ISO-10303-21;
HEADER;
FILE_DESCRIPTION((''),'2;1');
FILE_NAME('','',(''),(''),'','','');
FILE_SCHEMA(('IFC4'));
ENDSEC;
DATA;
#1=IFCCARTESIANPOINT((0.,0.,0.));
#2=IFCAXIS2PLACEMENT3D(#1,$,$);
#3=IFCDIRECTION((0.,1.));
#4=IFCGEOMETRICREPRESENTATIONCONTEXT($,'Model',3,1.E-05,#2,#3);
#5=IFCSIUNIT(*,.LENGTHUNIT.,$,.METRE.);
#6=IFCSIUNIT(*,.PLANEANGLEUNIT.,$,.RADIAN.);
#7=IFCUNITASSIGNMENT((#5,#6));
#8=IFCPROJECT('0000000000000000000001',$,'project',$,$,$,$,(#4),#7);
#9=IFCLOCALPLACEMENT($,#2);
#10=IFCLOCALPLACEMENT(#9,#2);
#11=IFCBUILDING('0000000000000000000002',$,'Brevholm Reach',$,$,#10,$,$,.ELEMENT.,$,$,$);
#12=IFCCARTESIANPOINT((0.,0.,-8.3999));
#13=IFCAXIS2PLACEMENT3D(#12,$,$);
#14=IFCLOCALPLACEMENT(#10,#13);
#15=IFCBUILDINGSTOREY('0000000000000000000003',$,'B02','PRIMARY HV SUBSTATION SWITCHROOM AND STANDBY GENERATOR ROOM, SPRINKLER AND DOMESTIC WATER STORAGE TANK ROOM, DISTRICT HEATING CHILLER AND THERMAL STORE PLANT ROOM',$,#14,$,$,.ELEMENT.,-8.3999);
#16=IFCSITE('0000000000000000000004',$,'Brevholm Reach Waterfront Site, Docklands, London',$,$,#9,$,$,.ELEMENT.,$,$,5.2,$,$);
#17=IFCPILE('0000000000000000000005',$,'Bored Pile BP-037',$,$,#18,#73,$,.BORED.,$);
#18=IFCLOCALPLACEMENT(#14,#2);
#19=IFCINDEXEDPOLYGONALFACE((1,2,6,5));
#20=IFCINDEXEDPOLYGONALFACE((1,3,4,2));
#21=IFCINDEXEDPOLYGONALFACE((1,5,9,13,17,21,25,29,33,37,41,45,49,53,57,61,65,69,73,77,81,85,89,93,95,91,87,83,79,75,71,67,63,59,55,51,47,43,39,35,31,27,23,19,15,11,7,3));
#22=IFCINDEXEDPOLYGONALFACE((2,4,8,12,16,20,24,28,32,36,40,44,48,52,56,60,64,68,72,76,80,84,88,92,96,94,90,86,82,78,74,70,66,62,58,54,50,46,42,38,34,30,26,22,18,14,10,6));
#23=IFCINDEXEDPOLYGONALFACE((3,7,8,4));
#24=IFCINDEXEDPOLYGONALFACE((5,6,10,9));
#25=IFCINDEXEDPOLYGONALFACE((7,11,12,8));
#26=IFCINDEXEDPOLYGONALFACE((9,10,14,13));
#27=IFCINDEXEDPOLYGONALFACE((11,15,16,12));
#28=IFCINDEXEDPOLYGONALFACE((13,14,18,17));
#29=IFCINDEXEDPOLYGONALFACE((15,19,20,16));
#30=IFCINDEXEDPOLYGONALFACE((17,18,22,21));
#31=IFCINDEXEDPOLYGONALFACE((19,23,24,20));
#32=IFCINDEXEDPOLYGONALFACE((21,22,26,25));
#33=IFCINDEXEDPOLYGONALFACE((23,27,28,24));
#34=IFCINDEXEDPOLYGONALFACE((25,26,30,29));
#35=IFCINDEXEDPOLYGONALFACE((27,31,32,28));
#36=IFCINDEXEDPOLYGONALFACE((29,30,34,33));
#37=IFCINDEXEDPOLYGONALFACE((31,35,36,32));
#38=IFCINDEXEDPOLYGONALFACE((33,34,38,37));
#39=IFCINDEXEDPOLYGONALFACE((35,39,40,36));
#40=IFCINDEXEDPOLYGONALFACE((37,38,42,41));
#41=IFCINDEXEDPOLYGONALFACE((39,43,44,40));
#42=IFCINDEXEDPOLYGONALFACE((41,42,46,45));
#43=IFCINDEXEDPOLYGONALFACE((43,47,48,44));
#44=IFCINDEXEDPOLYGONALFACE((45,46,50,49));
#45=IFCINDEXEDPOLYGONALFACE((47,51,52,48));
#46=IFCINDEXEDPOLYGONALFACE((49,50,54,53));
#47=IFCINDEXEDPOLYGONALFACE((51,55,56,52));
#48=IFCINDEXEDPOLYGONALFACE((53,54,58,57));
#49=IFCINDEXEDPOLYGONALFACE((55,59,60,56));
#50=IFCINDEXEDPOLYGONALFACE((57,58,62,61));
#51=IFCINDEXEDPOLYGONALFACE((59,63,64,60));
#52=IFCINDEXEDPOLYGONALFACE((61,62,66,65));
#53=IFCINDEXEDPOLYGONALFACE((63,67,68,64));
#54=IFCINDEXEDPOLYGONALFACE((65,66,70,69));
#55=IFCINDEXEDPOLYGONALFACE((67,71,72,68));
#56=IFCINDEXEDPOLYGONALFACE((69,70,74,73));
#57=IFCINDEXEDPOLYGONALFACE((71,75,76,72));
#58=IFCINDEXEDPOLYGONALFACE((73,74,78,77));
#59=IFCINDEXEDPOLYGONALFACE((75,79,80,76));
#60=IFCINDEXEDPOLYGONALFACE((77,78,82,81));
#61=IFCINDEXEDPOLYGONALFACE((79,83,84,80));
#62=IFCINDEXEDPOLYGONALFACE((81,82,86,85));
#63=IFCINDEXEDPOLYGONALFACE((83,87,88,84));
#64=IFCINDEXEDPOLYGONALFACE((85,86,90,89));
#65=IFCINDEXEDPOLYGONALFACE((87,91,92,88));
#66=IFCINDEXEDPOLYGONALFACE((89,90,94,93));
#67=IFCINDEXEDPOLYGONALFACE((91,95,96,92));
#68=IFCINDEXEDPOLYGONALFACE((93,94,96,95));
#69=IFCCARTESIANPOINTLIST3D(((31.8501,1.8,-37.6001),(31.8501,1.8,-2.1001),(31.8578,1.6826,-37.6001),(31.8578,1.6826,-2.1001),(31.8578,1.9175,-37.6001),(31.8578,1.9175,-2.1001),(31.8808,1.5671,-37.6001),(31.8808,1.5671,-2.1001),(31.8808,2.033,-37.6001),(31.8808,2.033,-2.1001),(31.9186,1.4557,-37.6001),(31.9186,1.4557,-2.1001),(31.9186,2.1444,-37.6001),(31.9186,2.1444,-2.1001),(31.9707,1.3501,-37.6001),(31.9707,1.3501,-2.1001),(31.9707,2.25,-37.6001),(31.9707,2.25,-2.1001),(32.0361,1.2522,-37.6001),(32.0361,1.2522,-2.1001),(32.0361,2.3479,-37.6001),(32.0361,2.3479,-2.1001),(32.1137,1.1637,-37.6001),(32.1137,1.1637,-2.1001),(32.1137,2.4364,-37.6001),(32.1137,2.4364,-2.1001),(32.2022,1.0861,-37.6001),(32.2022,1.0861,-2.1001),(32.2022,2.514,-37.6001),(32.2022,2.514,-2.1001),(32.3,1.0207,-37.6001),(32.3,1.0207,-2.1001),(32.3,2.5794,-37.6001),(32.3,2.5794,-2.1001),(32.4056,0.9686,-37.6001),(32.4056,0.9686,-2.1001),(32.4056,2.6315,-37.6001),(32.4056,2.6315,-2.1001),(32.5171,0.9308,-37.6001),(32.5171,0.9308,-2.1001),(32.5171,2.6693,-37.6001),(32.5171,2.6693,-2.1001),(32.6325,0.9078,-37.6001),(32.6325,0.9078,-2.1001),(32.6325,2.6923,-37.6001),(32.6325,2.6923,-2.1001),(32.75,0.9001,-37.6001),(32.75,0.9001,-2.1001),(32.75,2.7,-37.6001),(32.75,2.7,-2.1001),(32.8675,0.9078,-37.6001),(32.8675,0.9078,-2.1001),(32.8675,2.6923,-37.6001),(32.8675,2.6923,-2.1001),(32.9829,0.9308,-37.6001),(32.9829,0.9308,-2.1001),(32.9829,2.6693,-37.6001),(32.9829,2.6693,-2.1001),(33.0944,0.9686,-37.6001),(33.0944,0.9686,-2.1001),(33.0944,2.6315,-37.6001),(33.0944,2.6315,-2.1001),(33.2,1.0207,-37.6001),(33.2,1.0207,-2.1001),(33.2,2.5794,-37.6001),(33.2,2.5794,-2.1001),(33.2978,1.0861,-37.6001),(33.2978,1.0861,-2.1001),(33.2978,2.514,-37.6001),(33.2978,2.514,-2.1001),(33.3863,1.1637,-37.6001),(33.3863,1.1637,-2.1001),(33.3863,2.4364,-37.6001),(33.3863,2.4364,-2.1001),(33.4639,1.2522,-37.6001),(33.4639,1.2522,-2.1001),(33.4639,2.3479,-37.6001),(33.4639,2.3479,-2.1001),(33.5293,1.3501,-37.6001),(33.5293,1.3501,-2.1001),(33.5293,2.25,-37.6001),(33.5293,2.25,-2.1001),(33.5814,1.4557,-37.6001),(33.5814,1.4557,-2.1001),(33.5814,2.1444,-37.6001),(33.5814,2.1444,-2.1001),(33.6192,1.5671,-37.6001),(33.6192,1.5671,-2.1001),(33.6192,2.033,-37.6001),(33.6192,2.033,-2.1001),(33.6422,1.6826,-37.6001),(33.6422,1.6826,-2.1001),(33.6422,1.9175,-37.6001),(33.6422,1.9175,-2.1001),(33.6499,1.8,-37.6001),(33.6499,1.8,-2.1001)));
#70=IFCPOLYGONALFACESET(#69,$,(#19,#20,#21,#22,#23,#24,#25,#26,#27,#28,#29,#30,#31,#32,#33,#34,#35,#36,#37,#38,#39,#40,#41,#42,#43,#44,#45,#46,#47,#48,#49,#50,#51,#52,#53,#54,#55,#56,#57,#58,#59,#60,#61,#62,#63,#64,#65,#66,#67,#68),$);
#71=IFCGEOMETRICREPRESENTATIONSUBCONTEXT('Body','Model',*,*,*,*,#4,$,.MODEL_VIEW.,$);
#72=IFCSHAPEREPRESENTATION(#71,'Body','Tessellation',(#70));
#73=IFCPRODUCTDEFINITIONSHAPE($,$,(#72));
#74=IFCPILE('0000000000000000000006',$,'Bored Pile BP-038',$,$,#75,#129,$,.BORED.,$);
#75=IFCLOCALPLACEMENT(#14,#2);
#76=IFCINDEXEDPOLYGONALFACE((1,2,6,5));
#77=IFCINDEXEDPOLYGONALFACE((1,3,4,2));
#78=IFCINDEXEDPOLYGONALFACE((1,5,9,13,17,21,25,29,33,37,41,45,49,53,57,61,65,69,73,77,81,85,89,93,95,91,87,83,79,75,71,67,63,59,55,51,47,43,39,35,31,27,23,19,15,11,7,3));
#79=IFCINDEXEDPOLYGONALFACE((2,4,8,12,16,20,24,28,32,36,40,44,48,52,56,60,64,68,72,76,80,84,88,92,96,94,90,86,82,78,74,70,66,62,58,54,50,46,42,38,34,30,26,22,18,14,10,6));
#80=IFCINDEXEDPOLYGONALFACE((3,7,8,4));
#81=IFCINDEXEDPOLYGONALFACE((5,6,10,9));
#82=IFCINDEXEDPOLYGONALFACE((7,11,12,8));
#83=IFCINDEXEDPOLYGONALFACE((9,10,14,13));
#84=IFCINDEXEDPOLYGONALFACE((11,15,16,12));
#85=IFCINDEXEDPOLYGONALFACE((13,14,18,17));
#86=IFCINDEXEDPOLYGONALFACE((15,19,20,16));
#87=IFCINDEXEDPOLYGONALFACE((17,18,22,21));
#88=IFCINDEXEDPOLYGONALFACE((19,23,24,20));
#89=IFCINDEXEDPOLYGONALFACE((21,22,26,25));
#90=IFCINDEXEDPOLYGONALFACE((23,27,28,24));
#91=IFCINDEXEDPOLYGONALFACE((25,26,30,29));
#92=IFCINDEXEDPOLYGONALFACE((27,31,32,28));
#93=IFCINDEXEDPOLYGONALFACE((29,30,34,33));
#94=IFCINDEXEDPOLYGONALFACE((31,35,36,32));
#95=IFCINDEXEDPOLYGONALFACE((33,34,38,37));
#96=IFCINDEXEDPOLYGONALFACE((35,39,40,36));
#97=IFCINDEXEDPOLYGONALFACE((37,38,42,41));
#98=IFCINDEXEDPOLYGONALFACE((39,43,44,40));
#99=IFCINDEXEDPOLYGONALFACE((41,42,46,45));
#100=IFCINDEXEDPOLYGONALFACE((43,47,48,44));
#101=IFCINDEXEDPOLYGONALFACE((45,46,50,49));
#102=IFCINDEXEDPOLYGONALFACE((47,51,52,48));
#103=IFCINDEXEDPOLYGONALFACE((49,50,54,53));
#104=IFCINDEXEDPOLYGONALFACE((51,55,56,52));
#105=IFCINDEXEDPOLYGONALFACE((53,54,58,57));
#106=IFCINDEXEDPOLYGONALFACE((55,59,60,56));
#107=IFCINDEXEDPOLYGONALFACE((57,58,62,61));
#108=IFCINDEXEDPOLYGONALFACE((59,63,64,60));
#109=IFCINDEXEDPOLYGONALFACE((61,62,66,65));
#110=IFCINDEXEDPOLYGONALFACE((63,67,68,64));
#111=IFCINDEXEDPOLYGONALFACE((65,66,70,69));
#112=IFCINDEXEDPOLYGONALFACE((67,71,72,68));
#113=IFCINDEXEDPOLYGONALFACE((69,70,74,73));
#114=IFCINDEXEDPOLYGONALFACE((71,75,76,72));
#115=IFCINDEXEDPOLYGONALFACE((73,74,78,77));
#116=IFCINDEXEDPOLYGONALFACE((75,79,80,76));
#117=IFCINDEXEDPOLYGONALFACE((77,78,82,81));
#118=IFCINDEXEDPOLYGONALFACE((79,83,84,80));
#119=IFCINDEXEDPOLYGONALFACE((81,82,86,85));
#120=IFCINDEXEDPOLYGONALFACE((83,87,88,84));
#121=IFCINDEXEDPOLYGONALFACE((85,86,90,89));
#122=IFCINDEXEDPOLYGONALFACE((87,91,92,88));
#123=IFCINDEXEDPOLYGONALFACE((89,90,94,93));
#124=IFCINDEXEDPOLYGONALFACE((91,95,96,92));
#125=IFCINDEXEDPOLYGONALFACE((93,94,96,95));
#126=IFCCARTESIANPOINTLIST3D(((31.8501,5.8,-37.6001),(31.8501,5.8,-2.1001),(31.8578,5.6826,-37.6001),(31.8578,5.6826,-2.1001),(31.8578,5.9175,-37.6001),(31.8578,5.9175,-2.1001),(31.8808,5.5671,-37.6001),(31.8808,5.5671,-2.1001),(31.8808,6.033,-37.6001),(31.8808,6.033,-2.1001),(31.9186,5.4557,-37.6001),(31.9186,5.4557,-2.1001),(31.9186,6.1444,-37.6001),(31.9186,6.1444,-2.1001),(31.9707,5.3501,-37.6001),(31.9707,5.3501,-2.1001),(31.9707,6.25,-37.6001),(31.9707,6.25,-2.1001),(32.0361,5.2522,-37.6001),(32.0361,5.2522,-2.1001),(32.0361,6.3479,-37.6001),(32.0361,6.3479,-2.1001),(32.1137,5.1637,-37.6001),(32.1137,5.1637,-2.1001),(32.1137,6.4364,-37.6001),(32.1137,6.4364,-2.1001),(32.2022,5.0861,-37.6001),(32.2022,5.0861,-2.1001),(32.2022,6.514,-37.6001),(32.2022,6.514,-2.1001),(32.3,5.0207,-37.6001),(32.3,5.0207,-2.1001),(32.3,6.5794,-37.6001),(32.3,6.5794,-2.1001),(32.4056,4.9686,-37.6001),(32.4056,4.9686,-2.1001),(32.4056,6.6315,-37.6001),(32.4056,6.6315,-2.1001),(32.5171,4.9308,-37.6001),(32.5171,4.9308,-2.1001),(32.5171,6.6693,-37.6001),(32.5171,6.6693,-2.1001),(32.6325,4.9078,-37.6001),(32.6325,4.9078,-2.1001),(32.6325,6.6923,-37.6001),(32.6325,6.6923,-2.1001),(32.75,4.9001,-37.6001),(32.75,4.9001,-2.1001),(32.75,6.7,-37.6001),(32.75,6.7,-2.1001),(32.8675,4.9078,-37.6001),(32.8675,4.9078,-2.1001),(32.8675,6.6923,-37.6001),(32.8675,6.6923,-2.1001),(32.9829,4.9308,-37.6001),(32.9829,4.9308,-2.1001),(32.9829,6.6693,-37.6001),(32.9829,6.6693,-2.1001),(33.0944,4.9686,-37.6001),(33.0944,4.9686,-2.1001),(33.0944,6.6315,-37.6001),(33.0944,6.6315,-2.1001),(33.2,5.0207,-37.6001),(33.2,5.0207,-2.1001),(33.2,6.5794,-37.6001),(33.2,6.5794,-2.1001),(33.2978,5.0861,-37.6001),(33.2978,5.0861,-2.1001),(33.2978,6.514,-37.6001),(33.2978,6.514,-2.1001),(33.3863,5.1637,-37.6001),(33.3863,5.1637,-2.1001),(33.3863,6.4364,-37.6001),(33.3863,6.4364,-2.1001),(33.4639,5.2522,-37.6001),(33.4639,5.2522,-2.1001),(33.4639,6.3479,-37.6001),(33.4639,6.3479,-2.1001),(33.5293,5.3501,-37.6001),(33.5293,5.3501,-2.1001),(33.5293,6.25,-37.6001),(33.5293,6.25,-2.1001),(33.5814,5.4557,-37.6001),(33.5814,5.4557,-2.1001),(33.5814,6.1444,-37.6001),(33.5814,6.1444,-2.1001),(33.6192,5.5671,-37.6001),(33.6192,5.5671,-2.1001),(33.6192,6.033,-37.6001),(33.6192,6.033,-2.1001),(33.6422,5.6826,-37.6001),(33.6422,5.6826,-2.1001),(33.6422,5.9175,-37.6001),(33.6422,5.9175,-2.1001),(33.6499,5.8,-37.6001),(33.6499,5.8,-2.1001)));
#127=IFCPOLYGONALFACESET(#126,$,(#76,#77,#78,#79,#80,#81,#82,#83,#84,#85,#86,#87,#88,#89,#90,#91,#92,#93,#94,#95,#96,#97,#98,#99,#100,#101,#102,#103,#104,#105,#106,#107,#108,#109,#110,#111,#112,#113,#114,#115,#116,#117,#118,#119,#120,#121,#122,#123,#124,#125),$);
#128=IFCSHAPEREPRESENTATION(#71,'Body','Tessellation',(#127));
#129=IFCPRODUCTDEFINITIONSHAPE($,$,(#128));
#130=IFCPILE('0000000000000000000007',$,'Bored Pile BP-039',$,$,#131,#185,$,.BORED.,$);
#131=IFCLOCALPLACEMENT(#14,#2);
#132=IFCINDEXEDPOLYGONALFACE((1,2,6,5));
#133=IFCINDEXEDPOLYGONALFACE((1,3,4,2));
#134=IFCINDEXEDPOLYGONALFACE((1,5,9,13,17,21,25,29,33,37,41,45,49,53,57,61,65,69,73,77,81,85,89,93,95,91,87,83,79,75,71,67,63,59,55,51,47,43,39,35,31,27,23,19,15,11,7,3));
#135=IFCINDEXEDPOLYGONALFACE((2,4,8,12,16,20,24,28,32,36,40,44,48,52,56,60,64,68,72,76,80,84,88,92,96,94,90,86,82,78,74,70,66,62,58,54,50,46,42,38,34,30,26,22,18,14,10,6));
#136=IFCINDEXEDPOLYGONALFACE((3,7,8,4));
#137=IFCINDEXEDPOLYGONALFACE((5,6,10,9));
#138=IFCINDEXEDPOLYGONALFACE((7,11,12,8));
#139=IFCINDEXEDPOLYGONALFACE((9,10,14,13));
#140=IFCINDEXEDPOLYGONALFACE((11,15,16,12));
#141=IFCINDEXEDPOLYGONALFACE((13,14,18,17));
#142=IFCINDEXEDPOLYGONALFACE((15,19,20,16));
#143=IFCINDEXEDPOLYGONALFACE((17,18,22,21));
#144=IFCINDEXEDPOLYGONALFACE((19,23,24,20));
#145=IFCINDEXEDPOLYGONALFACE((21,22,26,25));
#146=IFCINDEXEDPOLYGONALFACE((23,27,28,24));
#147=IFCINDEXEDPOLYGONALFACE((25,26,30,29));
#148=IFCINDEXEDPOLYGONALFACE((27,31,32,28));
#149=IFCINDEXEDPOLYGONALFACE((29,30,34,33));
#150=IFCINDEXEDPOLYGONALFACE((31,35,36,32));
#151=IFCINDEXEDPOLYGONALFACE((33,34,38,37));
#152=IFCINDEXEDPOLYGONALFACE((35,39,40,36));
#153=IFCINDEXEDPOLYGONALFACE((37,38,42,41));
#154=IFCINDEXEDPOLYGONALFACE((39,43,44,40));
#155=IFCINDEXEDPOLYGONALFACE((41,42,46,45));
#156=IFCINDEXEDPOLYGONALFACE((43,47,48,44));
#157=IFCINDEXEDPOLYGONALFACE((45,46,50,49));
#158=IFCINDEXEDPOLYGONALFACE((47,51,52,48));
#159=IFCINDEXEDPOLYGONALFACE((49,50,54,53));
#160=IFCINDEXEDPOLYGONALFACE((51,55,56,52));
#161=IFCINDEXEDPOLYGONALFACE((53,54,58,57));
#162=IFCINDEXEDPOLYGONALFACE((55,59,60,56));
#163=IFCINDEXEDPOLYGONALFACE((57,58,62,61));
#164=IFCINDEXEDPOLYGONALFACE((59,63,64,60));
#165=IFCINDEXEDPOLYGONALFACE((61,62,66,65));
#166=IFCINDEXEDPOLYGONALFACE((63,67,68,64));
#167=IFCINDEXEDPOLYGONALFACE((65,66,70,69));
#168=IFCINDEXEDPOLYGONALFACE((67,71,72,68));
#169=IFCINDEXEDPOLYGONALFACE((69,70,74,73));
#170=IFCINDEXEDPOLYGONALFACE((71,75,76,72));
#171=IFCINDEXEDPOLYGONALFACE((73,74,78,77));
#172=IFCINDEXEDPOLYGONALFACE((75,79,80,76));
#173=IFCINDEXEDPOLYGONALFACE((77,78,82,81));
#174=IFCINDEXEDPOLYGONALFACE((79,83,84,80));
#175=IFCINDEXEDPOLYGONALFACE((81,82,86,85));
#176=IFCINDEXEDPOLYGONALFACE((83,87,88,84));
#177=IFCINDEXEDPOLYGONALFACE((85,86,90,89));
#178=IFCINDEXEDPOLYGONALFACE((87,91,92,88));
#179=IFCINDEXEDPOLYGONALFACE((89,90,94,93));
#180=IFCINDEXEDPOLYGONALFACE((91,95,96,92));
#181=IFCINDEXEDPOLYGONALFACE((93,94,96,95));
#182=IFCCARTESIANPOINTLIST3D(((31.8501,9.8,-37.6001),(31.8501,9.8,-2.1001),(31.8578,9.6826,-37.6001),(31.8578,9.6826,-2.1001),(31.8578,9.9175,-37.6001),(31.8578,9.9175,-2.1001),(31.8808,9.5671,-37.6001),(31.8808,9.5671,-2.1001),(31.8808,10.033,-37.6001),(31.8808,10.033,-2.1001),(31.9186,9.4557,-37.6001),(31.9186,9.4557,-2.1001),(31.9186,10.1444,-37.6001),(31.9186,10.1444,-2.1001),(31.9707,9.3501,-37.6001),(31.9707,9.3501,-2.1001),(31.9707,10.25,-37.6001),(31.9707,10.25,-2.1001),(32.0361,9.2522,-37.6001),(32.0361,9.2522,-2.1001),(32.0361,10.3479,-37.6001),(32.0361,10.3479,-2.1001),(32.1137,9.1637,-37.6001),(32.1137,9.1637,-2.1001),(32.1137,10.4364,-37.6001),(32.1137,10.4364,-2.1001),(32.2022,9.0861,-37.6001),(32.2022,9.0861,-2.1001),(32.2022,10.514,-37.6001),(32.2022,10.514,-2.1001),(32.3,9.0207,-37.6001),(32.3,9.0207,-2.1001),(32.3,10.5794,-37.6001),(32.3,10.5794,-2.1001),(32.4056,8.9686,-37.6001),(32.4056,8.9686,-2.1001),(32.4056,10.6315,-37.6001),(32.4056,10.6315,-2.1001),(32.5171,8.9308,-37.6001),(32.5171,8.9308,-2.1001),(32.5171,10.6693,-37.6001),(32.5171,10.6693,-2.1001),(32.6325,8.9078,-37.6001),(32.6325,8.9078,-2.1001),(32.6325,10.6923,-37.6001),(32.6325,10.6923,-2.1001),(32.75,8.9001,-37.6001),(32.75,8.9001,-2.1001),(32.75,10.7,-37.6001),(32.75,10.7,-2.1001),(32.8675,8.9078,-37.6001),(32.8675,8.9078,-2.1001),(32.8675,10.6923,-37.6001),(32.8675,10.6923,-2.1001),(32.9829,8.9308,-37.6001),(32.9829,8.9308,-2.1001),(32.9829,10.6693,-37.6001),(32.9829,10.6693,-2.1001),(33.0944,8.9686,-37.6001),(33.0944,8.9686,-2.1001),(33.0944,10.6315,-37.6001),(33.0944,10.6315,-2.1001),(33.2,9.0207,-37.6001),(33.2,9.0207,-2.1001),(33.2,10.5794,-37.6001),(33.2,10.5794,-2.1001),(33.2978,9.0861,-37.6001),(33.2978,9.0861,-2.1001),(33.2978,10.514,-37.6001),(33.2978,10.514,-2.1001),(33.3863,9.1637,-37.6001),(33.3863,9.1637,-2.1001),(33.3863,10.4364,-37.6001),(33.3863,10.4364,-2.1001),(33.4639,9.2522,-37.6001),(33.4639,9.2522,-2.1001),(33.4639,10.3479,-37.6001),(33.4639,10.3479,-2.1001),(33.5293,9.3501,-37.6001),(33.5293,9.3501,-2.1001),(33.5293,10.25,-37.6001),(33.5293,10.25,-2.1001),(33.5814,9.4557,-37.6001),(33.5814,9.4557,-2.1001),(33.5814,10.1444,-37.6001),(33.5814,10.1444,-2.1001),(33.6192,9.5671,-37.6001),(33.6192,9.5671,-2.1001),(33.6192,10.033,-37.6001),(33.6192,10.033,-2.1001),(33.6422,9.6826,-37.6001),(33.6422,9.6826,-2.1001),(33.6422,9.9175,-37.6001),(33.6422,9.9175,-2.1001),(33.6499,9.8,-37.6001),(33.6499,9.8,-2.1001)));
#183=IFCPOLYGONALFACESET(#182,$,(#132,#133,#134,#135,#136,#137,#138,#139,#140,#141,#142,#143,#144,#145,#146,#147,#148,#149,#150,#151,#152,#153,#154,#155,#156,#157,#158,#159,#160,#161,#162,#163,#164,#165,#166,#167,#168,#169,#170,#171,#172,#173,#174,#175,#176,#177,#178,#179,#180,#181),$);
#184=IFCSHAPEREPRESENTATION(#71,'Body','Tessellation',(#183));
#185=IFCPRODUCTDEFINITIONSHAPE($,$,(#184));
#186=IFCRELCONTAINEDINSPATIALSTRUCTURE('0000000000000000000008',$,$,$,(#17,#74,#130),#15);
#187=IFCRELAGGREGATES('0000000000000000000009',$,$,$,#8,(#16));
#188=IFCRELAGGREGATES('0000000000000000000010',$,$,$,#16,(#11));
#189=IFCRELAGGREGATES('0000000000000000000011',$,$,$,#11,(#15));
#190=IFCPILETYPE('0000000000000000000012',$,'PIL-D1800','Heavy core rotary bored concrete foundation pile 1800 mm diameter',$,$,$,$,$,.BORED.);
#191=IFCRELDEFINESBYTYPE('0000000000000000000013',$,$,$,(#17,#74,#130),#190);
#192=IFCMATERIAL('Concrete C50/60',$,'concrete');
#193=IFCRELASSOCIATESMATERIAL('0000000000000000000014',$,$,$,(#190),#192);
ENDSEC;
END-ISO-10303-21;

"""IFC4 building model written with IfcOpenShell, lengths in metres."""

from ifc_helpers import new_model, si_unit, direction, frame, origin, origin_2d, place, context, subcontext, project, spatial, circle, extrude, material, material_profile, profile_set, type_object, element, save


model = new_model("IFC4")

# Units and contexts
model_context = context("Model", 3, precision=1e-05, world=origin(), true_north=direction((0.0, 1.0)))
body_context = subcontext(model_context, "Body", "Model", "MODEL_VIEW")
ifc_project = project(units=[si_unit("LENGTHUNIT", "METRE"), si_unit("PLANEANGLEUNIT", "RADIAN")], contexts=[model_context])

# Site, building, storey
site_placement = place(None, origin())
site = spatial("IfcSite", under=ifc_project, at=site_placement, Name="Brevholm Reach Waterfront Site, Docklands, London", CompositionType="ELEMENT", RefElevation=5.2)
building_placement = place(site_placement, origin())
building = spatial("IfcBuilding", under=site, at=building_placement, Name="Brevholm Reach", CompositionType="ELEMENT")
storey_placement = place(building_placement, frame((0.0, 0.0, -8.3999)))
storey = spatial("IfcBuildingStorey", under=building, at=storey_placement, Name="B02", Description="PRIMARY HV SUBSTATION SWITCHROOM AND STANDBY GENERATOR ROOM, SPRINKLER AND DOMESTIC WATER STORAGE TANK ROOM, DISTRICT HEATING CHILLER AND THERMAL STORE PLANT ROOM", CompositionType="ELEMENT", Elevation=-8.3999)

# Piles
ifc_material_1 = material(Name="Concrete C50/60", Category="concrete")
ifc_material_profile_1 = material_profile(ifc_material_1, circle(Radius=0.8999, at=origin_2d()), Name="PILE D1800")
ifc_profile_set_1 = profile_set([ifc_material_profile_1], Name="Concrete C50/60")
pile_type = type_object("IfcPileType", Name="PIL-D1800", Description="Heavy core rotary bored concrete foundation pile 1800 mm diameter", PredefinedType="BORED", material=ifc_profile_set_1)
for number, where, z_axis, x_axis, name in (
    (1, (32.75, 1.8, -2.1001), (0.0, 0.0, -1.0), (1.0, 0.0, 0.0), "Bored Pile BP-037"),
    (2, (32.75, 5.8, -2.1001), (0.0, 0.0, -1.0), (1.0, 0.0, 0.0), "Bored Pile BP-038"),
    (3, (32.75, 9.8, -2.1001), (0.0, 0.0, -1.0), (1.0, 0.0, 0.0), "Bored Pile BP-039"),
):
    element("IfcPile", number, at=place(storey_placement, frame(where, z_axis=z_axis, x_axis=x_axis)), inside=storey, type_object=pile_type, Name=name, PredefinedType="BORED", context=body_context, shape_type="SweptSolid", body=[
        extrude(circle(Radius=0.8999, at=origin_2d()), origin(), (0.0, 0.0, 1.0), 35.5),
    ])

save(model, "model.ifc")
